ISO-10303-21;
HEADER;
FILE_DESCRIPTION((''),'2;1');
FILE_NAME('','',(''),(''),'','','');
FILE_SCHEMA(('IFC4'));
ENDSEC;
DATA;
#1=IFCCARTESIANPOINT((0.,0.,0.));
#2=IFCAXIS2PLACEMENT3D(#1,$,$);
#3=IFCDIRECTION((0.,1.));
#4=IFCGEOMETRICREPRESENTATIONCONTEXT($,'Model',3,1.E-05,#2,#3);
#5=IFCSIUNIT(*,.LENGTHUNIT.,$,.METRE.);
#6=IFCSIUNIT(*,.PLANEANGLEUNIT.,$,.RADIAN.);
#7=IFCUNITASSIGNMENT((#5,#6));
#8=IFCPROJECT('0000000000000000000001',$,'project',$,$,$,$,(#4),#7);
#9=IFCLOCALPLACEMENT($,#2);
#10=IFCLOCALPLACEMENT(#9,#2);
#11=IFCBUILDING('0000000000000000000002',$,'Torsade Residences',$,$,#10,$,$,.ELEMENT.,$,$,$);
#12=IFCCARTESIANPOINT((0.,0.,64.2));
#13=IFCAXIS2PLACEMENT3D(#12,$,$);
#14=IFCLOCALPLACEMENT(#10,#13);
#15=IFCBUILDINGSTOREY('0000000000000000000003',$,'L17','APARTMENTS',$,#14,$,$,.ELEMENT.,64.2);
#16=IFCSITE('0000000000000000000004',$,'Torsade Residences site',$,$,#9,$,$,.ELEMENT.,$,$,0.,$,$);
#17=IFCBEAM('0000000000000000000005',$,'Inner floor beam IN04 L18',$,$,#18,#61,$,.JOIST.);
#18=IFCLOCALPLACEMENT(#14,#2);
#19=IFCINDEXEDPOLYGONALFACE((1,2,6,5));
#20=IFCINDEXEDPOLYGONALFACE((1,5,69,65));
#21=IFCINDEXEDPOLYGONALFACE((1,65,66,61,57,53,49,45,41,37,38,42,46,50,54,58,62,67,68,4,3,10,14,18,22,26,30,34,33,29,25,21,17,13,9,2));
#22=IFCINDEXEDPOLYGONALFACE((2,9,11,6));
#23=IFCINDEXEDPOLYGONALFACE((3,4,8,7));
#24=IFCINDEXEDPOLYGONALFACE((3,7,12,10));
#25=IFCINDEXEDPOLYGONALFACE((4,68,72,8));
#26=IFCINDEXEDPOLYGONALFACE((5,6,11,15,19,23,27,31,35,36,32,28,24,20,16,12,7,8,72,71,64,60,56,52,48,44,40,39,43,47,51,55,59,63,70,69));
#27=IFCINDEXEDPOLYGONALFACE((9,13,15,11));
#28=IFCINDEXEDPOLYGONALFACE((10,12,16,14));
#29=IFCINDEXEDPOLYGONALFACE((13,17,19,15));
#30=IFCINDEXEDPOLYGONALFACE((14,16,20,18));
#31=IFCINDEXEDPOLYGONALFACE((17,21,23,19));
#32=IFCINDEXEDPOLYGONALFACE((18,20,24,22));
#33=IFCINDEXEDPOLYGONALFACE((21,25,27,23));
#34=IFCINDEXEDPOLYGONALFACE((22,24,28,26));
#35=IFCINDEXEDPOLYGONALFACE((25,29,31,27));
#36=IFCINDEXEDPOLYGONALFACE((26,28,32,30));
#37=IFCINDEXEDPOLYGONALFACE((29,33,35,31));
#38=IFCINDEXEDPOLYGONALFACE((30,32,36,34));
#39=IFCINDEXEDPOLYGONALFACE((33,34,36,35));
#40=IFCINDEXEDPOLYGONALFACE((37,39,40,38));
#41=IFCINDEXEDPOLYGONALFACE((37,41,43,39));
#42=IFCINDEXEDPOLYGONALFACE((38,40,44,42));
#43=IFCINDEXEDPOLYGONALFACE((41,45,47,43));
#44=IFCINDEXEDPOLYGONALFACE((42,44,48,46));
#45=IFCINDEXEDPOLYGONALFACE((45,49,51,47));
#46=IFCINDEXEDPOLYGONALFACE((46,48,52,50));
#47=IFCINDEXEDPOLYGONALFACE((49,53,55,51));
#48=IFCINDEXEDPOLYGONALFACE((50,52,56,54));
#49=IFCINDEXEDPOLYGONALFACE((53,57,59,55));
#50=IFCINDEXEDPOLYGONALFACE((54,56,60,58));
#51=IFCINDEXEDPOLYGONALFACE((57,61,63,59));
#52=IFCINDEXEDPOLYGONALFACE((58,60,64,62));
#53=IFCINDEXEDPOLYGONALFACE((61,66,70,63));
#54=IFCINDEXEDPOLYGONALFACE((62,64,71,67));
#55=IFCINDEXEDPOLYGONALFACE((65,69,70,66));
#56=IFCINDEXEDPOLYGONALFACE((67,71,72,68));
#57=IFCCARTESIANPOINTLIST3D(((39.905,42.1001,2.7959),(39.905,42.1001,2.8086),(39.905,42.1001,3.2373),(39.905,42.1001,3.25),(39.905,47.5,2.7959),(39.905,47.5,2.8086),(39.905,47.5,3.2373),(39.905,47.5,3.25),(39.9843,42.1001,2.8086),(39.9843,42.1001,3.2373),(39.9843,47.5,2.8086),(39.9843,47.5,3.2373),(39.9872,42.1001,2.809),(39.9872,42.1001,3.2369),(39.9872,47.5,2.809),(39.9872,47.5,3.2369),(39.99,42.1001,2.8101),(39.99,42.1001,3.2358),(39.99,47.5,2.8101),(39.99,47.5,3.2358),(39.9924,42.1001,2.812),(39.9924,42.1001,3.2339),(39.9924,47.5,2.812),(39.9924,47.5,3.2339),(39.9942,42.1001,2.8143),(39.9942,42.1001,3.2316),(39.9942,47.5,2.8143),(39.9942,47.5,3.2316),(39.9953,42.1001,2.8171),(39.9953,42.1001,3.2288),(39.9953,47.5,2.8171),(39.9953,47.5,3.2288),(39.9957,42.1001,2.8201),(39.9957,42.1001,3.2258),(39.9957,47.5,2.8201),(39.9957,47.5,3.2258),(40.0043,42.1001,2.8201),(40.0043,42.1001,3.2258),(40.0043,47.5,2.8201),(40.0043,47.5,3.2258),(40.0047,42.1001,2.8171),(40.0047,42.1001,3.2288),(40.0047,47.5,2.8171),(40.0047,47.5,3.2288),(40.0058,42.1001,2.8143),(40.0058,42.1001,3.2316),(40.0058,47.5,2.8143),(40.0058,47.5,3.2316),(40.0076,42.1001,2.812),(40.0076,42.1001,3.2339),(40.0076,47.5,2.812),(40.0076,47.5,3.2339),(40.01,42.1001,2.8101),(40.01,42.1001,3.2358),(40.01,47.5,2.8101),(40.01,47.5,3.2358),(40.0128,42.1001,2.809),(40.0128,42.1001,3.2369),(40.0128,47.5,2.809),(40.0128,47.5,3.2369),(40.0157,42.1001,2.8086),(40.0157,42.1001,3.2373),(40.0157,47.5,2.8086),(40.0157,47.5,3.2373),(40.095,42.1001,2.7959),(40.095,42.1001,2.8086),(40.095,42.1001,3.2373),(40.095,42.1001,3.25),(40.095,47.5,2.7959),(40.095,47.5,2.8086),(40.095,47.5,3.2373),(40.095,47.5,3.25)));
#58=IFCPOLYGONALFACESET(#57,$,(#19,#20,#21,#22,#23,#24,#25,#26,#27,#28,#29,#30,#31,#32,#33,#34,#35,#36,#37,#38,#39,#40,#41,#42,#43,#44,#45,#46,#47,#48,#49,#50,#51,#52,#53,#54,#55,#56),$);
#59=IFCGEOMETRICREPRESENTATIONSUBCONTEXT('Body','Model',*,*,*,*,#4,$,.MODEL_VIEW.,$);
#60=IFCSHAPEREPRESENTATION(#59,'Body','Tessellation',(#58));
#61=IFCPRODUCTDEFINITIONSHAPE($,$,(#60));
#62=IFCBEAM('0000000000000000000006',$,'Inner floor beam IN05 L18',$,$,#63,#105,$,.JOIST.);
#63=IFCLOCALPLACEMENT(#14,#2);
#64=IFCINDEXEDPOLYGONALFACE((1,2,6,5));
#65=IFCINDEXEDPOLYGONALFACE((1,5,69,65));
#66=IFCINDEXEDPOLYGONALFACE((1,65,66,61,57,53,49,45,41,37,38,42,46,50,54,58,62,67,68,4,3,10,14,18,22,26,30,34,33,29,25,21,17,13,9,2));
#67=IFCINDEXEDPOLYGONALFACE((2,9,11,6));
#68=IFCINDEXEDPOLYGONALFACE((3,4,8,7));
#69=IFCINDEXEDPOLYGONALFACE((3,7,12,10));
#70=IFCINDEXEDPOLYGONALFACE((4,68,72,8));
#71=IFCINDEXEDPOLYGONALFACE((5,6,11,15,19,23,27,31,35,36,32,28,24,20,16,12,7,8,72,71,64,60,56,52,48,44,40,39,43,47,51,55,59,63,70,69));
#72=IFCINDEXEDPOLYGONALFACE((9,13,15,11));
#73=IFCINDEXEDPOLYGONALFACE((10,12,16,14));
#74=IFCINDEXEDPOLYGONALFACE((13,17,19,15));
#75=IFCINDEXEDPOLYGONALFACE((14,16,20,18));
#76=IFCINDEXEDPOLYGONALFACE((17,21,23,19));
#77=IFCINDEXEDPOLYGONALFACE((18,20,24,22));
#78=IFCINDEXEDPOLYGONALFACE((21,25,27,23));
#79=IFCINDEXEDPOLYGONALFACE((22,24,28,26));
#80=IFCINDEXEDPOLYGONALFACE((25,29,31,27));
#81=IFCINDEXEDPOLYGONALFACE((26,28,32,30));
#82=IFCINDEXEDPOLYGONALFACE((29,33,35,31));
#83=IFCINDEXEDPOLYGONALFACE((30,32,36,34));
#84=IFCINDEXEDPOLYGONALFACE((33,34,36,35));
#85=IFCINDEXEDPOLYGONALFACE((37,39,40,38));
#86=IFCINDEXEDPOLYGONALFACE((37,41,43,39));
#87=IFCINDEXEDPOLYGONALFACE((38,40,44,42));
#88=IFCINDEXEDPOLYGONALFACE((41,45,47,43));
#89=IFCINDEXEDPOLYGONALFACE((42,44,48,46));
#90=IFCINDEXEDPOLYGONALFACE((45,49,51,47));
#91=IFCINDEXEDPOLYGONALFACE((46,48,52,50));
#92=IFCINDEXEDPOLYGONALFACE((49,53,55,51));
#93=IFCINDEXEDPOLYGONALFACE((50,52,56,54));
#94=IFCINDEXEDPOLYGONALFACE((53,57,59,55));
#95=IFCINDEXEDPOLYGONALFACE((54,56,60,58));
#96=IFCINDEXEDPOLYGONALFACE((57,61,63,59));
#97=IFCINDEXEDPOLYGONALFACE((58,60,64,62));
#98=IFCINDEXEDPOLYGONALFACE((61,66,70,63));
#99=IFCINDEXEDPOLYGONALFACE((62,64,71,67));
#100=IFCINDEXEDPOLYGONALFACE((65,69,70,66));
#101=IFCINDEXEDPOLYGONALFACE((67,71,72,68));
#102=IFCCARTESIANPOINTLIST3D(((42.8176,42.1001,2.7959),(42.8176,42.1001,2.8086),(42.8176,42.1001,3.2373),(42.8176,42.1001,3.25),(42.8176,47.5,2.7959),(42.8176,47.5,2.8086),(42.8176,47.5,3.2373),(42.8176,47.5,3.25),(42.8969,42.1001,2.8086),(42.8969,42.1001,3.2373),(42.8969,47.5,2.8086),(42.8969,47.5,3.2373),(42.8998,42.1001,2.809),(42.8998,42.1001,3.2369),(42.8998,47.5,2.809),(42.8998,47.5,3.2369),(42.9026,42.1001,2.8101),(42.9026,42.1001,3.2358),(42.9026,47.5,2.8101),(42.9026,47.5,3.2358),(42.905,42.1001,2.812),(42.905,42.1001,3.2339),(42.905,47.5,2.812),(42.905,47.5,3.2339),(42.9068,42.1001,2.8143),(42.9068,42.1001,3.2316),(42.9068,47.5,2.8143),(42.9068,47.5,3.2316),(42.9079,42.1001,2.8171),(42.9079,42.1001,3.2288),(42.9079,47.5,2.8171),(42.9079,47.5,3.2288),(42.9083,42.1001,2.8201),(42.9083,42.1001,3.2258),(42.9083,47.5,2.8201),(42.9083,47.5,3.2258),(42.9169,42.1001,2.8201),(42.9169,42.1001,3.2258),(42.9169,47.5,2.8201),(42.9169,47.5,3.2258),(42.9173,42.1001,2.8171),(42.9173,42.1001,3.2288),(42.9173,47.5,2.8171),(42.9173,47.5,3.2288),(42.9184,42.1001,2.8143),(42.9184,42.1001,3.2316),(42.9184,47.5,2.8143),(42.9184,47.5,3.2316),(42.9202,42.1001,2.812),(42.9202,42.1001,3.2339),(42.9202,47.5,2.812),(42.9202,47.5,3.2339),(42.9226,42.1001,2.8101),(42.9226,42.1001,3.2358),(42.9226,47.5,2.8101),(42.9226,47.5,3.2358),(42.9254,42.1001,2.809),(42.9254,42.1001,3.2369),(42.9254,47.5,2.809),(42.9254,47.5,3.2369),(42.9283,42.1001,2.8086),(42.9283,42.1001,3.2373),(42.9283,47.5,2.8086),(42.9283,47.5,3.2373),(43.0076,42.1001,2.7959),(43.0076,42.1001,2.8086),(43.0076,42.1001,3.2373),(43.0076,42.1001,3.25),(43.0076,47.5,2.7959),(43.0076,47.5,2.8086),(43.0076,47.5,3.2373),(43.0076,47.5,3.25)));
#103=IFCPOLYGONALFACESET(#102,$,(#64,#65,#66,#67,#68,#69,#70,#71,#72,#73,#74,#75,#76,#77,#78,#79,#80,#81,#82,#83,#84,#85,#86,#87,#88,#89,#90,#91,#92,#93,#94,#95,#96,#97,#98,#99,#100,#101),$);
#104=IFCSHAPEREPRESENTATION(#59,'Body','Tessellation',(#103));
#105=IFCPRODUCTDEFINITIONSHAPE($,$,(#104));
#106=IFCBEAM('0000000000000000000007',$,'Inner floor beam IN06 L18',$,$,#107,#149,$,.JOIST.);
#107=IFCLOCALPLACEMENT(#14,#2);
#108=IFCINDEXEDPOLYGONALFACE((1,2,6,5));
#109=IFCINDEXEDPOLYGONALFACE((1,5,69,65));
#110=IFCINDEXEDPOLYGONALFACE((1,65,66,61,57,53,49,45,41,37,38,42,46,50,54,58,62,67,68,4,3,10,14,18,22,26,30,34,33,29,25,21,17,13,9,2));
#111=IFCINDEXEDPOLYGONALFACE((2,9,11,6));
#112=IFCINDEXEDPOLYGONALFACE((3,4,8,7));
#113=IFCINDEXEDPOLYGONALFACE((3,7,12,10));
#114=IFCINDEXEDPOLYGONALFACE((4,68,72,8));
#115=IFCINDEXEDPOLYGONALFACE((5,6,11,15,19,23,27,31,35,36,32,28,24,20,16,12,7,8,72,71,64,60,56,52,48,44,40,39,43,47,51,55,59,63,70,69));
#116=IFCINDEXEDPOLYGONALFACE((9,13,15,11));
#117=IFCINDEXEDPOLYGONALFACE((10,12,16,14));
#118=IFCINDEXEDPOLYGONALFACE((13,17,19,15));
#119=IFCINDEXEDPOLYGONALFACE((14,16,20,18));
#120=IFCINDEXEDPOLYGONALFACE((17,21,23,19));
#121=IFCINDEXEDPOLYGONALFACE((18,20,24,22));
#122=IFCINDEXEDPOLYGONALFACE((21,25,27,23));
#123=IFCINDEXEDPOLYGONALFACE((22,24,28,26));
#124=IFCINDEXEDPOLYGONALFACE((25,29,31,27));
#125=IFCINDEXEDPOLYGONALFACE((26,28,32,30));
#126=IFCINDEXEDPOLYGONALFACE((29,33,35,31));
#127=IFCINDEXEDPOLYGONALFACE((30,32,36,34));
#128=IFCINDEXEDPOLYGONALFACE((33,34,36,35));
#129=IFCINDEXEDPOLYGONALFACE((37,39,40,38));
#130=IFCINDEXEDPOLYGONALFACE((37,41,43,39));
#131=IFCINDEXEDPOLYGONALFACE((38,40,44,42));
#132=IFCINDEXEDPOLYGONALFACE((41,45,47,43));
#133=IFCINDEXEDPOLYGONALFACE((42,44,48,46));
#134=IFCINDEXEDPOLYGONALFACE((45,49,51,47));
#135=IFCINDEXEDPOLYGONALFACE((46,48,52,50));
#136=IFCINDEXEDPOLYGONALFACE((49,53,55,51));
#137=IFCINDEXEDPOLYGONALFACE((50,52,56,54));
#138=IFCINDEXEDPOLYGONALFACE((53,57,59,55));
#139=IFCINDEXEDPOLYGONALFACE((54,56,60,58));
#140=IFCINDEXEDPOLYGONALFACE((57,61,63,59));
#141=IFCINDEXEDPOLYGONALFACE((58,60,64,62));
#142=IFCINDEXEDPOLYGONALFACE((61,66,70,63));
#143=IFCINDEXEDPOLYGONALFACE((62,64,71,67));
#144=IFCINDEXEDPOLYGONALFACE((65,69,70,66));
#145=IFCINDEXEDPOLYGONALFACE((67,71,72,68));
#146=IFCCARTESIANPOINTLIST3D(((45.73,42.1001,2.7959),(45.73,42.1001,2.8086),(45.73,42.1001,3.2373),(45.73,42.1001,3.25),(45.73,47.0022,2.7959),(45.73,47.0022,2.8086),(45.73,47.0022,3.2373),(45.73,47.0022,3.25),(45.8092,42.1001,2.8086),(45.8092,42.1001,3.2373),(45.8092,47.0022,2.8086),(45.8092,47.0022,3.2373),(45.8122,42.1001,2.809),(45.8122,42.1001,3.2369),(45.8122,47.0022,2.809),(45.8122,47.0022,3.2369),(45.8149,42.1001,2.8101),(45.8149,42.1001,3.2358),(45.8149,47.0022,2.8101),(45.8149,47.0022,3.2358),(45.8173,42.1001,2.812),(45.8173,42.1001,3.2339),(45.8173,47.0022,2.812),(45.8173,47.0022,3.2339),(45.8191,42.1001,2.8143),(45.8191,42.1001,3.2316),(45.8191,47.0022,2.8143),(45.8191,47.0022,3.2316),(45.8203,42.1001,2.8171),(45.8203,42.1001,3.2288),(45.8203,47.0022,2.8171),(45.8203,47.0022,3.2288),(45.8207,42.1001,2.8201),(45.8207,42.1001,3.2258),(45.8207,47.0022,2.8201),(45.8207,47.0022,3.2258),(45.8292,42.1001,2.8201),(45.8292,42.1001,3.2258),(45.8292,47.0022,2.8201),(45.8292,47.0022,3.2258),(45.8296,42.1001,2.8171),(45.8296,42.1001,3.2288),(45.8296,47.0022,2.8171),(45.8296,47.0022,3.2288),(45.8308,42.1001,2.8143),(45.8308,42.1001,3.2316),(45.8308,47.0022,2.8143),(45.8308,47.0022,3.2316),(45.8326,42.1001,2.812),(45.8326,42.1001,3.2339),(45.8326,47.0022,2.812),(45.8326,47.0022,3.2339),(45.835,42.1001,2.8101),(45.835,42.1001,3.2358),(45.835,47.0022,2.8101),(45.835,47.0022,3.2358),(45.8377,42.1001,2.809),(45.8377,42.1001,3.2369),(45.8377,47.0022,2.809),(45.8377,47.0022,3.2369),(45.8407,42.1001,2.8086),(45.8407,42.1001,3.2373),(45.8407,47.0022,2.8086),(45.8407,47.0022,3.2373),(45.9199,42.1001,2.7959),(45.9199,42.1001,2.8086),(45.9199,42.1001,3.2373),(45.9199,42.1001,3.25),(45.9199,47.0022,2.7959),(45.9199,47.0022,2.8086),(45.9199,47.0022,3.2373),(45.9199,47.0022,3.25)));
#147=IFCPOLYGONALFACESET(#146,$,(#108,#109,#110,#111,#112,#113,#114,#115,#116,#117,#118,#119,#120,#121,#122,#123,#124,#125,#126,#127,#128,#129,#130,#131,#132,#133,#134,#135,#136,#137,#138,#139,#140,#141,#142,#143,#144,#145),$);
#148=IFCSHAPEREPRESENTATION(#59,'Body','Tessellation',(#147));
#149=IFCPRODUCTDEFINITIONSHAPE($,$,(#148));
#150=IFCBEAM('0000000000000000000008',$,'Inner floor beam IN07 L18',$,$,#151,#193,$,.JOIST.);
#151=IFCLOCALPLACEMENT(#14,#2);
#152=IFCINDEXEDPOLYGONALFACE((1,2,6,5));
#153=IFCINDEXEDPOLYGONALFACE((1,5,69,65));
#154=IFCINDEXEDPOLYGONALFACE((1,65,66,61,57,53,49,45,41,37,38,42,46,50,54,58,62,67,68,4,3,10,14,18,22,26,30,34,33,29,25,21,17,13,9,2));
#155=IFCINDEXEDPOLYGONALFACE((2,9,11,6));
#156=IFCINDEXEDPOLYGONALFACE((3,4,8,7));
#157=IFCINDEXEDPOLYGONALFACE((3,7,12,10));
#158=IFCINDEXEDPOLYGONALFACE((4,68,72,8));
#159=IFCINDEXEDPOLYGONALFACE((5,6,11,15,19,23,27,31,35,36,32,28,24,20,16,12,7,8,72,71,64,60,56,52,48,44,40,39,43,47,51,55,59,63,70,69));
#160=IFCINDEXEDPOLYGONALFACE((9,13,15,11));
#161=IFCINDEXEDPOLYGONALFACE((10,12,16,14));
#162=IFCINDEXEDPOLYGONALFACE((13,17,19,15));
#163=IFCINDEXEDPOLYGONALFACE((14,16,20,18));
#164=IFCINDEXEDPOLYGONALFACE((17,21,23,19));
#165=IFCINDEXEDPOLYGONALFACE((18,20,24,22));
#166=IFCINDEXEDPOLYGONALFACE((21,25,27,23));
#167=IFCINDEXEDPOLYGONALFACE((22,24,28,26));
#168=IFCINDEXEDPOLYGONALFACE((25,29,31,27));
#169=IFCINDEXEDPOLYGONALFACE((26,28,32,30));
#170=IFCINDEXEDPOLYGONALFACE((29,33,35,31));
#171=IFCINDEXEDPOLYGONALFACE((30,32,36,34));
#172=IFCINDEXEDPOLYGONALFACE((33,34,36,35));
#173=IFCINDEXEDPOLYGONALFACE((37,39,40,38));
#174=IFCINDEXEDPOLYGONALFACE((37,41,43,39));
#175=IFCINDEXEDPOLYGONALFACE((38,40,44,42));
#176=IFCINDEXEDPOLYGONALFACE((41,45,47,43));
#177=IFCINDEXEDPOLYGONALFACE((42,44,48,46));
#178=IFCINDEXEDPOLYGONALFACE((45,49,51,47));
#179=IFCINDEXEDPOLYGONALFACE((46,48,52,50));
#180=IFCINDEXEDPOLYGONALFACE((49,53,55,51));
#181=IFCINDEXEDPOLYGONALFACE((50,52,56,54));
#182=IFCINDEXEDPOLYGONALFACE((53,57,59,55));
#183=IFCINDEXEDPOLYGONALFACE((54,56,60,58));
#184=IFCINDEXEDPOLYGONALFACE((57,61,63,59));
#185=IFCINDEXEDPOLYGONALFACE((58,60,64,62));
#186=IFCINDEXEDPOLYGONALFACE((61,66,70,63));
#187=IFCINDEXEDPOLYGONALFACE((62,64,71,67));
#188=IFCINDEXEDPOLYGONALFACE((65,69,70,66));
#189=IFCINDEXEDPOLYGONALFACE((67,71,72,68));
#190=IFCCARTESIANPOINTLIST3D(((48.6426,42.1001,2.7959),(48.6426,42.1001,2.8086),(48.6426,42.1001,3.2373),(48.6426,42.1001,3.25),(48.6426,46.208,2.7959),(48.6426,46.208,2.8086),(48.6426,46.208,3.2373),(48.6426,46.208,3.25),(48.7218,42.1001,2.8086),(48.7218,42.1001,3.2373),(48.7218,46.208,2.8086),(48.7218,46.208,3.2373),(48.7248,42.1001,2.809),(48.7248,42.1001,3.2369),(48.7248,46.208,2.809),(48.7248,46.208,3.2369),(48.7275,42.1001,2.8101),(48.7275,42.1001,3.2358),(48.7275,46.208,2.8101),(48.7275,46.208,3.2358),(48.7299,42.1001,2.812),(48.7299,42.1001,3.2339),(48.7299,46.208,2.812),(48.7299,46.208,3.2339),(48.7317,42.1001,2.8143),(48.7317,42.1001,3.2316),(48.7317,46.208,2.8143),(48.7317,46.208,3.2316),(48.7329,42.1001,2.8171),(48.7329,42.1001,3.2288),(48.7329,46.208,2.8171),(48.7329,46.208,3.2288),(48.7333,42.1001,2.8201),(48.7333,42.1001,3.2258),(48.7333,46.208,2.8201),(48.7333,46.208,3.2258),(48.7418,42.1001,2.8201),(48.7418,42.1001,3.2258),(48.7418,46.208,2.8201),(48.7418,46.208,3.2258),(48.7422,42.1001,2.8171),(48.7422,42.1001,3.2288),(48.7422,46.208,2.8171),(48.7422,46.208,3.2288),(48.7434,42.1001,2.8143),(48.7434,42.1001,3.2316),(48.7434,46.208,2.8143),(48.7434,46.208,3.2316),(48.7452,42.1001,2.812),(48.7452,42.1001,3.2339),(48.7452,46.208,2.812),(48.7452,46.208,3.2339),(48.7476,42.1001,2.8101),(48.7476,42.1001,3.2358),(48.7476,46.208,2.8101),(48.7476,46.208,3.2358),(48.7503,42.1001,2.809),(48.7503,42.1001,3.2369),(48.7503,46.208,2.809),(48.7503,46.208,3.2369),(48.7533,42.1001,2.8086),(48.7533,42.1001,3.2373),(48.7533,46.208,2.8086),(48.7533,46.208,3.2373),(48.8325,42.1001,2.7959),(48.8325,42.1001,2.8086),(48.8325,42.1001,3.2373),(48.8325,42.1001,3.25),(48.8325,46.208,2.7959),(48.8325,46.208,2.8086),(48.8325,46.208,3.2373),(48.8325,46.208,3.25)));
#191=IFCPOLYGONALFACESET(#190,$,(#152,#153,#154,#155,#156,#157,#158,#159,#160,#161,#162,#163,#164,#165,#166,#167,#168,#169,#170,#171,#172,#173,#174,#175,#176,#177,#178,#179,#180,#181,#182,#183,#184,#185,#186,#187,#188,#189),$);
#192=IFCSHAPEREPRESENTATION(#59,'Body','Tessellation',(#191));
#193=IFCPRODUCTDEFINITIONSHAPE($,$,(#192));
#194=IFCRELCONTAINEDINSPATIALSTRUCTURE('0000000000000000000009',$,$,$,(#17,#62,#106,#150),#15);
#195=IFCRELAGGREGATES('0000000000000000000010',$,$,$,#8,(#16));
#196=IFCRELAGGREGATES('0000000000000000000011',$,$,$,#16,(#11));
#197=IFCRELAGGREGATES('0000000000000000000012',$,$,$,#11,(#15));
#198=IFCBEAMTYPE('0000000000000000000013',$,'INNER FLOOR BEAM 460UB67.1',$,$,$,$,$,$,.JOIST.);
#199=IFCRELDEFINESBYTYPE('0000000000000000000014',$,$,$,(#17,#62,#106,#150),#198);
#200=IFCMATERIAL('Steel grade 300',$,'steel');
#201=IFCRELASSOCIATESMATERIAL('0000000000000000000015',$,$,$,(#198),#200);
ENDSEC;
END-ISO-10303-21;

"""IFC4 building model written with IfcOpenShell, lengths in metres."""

from ifc_helpers import new_model, si_unit, direction, frame, origin, origin_2d, place, context, subcontext, project, spatial, i_section, extrude, material, material_profile, profile_set, type_object, element, save


model = new_model("IFC4")

# Units and contexts
model_context = context("Model", 3, precision=1e-05, world=origin(), true_north=direction((0.0, 1.0)))
body_context = subcontext(model_context, "Body", "Model", "MODEL_VIEW")
ifc_project = project(units=[si_unit("LENGTHUNIT", "METRE"), si_unit("PLANEANGLEUNIT", "RADIAN")], contexts=[model_context])

# Site, building, storey
site_placement = place(None, origin())
site = spatial("IfcSite", under=ifc_project, at=site_placement, Name="Torsade Residences site", CompositionType="ELEMENT", RefElevation=0.0)
building_placement = place(site_placement, origin())
building = spatial("IfcBuilding", under=site, at=building_placement, Name="Torsade Residences", CompositionType="ELEMENT")
storey_placement = place(building_placement, frame((0.0, 0.0, 64.2)))
storey = spatial("IfcBuildingStorey", under=building, at=storey_placement, Name="L17", Description="APARTMENTS", CompositionType="ELEMENT", Elevation=64.2)

# Beams
ifc_material_1 = material(Name="Steel grade 300", Category="steel")
ifc_material_profile = material_profile(ifc_material_1, i_section(OverallWidth=0.1899, OverallDepth=0.4541, WebThickness=0.0085, FlangeThickness=0.0127, FilletRadius=0.0115, at=origin_2d()), Name="460UB67.1")
ifc_profile_set = profile_set([ifc_material_profile], Name="Steel grade 300")
beam_type = type_object("IfcBeamType", Name="INNER FLOOR BEAM 460UB67.1", PredefinedType="JOIST", material=ifc_profile_set)
for number, where, z_axis, x_axis, name in (
    (1, (40.0, 42.1001, 3.0229), (0.0, 1.0, 0.0), (-1.0, 0.0, 0.0), "Inner floor beam IN04 L18"),
    (2, (42.9126, 42.1001, 3.0229), (0.0, 1.0, 0.0), (-1.0, 0.0, 0.0), "Inner floor beam IN05 L18"),
):
    element("IfcBeam", number, at=place(storey_placement, frame(where, z_axis=z_axis, x_axis=x_axis)), inside=storey, type_object=beam_type, Name=name, PredefinedType="JOIST", context=body_context, shape_type="SweptSolid", body=[
        extrude(i_section(OverallWidth=0.1899, OverallDepth=0.4541, WebThickness=0.0085, FlangeThickness=0.0127, FilletRadius=0.0115, at=origin_2d()), origin(), (0.0, 0.0, 1.0), 5.3999),
    ])
beam_1_placement = place(storey_placement, frame((45.825, 42.1001, 3.0229), z_axis=(0.0, 1.0, 0.0), x_axis=(-1.0, 0.0, 0.0)))
element("IfcBeam", 3, at=beam_1_placement, inside=storey, type_object=beam_type, Name="Inner floor beam IN06 L18", PredefinedType="JOIST", context=body_context, shape_type="SweptSolid", body=[
    extrude(i_section(OverallWidth=0.1899, OverallDepth=0.4541, WebThickness=0.0085, FlangeThickness=0.0127, FilletRadius=0.0115, at=origin_2d()), origin(), (0.0, 0.0, 1.0), 4.9021),
])
beam_2_placement = place(storey_placement, frame((48.7375, 42.1001, 3.0229), z_axis=(0.0, 1.0, 0.0), x_axis=(-1.0, 0.0, 0.0)))
element("IfcBeam", 4, at=beam_2_placement, inside=storey, type_object=beam_type, Name="Inner floor beam IN07 L18", PredefinedType="JOIST", context=body_context, shape_type="SweptSolid", body=[
    extrude(i_section(OverallWidth=0.1899, OverallDepth=0.4541, WebThickness=0.0085, FlangeThickness=0.0127, FilletRadius=0.0115, at=origin_2d()), origin(), (0.0, 0.0, 1.0), 4.1079),
])

save(model, "model.ifc")
